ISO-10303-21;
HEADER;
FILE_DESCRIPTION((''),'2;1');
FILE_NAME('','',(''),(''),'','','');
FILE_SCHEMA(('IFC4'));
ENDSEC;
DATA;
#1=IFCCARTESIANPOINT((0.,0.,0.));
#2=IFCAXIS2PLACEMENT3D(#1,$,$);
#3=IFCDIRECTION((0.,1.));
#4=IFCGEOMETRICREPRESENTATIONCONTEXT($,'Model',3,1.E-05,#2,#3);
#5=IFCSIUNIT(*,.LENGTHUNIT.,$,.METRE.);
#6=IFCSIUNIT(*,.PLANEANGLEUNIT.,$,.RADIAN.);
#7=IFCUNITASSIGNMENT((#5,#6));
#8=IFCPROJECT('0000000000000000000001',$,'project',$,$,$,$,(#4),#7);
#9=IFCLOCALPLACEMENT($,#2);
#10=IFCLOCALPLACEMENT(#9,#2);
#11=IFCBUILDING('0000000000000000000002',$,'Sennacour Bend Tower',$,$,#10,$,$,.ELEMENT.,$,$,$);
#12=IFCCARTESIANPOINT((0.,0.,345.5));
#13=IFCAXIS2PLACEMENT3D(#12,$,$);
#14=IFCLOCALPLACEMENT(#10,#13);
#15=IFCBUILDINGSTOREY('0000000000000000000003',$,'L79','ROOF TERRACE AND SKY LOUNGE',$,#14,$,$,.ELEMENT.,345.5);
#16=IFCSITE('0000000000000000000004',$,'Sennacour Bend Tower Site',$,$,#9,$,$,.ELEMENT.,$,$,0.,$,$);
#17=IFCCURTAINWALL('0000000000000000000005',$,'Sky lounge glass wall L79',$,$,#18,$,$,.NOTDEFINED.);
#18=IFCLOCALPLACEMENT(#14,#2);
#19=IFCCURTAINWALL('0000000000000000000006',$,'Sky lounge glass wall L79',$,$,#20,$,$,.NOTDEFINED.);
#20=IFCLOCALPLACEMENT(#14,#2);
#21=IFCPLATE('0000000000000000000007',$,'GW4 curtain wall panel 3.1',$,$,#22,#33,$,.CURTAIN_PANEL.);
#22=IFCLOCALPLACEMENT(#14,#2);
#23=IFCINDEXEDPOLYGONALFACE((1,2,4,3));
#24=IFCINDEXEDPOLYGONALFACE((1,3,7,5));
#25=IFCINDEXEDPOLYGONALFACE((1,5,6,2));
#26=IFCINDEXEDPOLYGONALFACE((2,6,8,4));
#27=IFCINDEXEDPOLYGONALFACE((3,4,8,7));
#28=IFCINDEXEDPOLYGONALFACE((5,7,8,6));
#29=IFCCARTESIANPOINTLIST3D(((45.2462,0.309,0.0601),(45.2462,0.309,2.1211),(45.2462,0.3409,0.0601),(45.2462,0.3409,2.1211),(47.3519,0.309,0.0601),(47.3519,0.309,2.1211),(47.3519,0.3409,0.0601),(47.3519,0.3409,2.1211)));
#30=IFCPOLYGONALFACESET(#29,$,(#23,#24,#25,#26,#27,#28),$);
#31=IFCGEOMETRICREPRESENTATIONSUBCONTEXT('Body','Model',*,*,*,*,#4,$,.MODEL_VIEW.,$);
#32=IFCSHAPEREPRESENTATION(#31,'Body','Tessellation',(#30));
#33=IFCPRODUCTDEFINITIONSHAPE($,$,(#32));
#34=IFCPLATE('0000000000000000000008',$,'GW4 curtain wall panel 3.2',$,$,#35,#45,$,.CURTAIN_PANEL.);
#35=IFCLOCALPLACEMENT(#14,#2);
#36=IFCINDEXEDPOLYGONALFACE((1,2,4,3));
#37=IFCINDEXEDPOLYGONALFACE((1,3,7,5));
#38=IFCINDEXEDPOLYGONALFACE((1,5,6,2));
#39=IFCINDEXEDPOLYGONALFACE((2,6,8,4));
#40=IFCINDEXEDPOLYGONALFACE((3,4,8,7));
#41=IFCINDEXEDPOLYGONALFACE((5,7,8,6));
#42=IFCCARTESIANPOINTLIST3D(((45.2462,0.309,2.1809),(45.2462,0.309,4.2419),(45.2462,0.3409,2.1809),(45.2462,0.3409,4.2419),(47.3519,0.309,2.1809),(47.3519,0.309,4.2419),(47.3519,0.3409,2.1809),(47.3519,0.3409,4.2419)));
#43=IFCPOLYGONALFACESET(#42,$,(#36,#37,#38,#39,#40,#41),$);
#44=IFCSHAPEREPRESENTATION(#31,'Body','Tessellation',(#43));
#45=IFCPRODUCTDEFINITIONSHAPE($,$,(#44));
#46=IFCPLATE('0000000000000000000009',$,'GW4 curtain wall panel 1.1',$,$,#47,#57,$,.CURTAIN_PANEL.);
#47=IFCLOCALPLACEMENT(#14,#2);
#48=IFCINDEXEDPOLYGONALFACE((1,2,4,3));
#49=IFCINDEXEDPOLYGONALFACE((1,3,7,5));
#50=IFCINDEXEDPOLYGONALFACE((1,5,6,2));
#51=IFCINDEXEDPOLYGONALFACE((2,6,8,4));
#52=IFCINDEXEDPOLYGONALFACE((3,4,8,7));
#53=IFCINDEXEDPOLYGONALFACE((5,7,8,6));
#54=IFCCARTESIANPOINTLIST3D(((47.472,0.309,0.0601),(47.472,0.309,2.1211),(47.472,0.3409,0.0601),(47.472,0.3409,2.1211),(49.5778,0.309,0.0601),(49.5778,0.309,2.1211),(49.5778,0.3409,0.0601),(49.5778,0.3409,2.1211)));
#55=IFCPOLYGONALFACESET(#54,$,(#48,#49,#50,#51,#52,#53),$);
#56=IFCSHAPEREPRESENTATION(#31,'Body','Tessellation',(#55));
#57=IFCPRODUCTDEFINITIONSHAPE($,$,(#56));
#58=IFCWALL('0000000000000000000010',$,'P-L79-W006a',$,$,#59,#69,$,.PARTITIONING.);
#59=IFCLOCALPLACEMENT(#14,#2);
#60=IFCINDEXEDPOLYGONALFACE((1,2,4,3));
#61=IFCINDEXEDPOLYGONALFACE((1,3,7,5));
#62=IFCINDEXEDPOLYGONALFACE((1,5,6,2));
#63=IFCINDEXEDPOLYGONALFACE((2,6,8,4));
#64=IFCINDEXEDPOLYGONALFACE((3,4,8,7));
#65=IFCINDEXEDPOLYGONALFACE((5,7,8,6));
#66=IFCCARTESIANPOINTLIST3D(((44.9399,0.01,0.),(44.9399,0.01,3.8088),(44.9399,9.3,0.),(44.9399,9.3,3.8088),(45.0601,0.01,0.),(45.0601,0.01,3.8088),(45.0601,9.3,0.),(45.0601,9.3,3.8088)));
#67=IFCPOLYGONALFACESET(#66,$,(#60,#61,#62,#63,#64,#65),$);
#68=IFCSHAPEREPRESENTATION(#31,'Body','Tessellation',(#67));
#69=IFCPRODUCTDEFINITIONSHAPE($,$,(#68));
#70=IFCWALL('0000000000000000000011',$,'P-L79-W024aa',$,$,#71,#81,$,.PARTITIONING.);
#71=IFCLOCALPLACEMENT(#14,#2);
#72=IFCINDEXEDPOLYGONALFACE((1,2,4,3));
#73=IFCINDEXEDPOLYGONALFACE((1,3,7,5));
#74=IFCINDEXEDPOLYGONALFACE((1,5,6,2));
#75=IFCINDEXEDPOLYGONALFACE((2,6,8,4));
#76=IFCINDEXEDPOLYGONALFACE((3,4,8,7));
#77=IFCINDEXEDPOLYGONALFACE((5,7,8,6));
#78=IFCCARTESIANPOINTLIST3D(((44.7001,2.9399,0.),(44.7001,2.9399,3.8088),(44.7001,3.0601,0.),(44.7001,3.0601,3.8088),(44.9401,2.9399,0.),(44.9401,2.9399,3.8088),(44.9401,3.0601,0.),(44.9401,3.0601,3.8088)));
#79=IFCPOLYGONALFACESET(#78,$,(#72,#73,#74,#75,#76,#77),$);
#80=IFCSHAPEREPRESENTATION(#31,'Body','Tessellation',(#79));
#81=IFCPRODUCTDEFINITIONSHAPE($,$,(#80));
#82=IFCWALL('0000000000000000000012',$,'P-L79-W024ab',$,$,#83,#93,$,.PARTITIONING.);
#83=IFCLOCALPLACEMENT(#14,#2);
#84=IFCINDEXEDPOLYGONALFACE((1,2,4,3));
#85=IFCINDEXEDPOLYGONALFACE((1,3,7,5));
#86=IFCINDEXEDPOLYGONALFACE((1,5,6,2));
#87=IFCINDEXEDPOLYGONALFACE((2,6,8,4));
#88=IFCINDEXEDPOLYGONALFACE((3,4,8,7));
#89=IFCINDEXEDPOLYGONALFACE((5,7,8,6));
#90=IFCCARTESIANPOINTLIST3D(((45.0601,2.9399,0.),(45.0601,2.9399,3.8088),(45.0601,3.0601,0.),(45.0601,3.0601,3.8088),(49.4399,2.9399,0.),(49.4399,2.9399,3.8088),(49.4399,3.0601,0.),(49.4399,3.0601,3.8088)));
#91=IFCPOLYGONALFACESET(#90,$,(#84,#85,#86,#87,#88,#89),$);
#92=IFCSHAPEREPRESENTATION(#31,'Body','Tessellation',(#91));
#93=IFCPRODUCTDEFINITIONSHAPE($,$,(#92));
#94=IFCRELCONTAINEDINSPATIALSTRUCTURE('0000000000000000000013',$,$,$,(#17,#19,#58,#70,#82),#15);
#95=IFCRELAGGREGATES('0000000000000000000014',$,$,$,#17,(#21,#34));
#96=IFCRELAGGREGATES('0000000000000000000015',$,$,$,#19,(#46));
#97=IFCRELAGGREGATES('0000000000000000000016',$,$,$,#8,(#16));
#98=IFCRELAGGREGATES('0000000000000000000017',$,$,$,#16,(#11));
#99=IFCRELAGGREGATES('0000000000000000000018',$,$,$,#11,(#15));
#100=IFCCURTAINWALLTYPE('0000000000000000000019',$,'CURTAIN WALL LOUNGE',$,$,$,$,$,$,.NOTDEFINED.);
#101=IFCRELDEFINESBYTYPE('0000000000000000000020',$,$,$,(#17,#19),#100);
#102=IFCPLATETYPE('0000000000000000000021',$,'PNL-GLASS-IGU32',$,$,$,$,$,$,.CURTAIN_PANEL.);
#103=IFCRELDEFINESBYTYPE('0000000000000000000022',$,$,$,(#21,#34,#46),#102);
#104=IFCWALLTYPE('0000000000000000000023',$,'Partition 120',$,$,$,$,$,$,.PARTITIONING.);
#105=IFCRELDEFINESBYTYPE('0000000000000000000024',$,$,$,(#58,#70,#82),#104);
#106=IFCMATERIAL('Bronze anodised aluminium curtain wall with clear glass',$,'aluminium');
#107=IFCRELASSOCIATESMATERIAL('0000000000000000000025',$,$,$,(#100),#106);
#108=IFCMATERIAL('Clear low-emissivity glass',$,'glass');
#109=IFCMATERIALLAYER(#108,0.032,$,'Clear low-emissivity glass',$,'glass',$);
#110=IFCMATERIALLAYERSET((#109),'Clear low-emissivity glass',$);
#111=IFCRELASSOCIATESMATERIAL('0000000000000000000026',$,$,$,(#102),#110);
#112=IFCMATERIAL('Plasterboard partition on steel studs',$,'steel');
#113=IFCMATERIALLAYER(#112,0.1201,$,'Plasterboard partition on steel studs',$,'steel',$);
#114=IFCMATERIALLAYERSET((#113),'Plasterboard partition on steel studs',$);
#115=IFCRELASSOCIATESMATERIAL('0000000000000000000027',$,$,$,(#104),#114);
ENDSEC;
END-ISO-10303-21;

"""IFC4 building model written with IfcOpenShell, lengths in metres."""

from ifc_helpers import new_model, si_unit, direction, frame, frame_2d, origin, origin_2d, place, context, subcontext, project, spatial, rectangle, extrude, material, layer, layer_set, type_object, element, aggregate, save


model = new_model("IFC4")

# Units and contexts
model_context = context("Model", 3, precision=1e-05, world=origin(), true_north=direction((0.0, 1.0)))
body_context = subcontext(model_context, "Body", "Model", "MODEL_VIEW")
ifc_project = project(units=[si_unit("LENGTHUNIT", "METRE"), si_unit("PLANEANGLEUNIT", "RADIAN")], contexts=[model_context])

# Site, building, storey
site_placement = place(None, origin())
site = spatial("IfcSite", under=ifc_project, at=site_placement, Name="Sennacour Bend Tower Site", CompositionType="ELEMENT", RefElevation=0.0)
building_placement = place(site_placement, origin())
building = spatial("IfcBuilding", under=site, at=building_placement, Name="Sennacour Bend Tower", CompositionType="ELEMENT")
storey_placement = place(building_placement, frame((0.0, 0.0, 345.5)))
storey = spatial("IfcBuildingStorey", under=building, at=storey_placement, Name="L79", Description="ROOF TERRACE AND SKY LOUNGE", CompositionType="ELEMENT", Elevation=345.5)

# Curtain wall
ifc_material_1 = material(Name="Bronze anodised aluminium curtain wall with clear glass", Category="aluminium")
curtain_wall_type = type_object("IfcCurtainWallType", Name="CURTAIN WALL LOUNGE", PredefinedType="NOTDEFINED", material=ifc_material_1)
curtain_wall_1_placement = place(storey_placement, origin())
curtain_wall_1 = element("IfcCurtainWall", 1, at=curtain_wall_1_placement, inside=storey, type_object=curtain_wall_type, Name="Sky lounge glass wall L79", PredefinedType="NOTDEFINED")

# Curtain wall
curtain_wall_2_placement = place(storey_placement, origin())
curtain_wall_2 = element("IfcCurtainWall", 2, at=curtain_wall_2_placement, inside=storey, type_object=curtain_wall_type, Name="Sky lounge glass wall L79", PredefinedType="NOTDEFINED")

# Plates
ifc_material_2 = material(Name="Clear low-emissivity glass", Category="glass")
ifc_layer_1 = layer(ifc_material_2, 0.032, Name="Clear low-emissivity glass", Category="glass")
ifc_layer_set_1 = layer_set([ifc_layer_1], Name="Clear low-emissivity glass")
plate_type = type_object("IfcPlateType", Name="PNL-GLASS-IGU32", PredefinedType="CURTAIN_PANEL", material=ifc_layer_set_1)
plate_1_placement = place(storey_placement, frame((46.2991, 0.325, 0.0601), z_axis=(0.0, 0.0, 1.0), x_axis=(1.0, 0.0, 0.0)))
plate_1 = element("IfcPlate", 3, at=plate_1_placement, type_object=plate_type, Name="GW4 curtain wall panel 3.1", PredefinedType="CURTAIN_PANEL", context=body_context, shape_type="SweptSolid", body=[
    extrude(rectangle(XDim=2.1057, YDim=0.032, at=origin_2d()), origin(), (0.0, 0.0, 1.0), 2.061),
])
plate_2_placement = place(storey_placement, frame((46.2991, 0.325, 2.1809), z_axis=(0.0, 0.0, 1.0), x_axis=(1.0, 0.0, 0.0)))
plate_2 = element("IfcPlate", 4, at=plate_2_placement, type_object=plate_type, Name="GW4 curtain wall panel 3.2", PredefinedType="CURTAIN_PANEL", context=body_context, shape_type="SweptSolid", body=[
    extrude(rectangle(XDim=2.1057, YDim=0.032, at=origin_2d()), origin(), (0.0, 0.0, 1.0), 2.061),
])
aggregate(curtain_wall_1, [plate_1, plate_2])
plate_3_placement = place(storey_placement, frame((48.5249, 0.325, 0.0601), z_axis=(0.0, 0.0, 1.0), x_axis=(1.0, 0.0, 0.0)))
plate_3 = element("IfcPlate", 5, at=plate_3_placement, type_object=plate_type, Name="GW4 curtain wall panel 1.1", PredefinedType="CURTAIN_PANEL", context=body_context, shape_type="SweptSolid", body=[
    extrude(rectangle(XDim=2.1057, YDim=0.032, at=origin_2d()), origin(), (0.0, 0.0, 1.0), 2.061),
])
aggregate(curtain_wall_2, [plate_3])

# Walls
ifc_material_3 = material(Name="Plasterboard partition on steel studs", Category="steel")
ifc_layer_2 = layer(ifc_material_3, 0.1201, Name="Plasterboard partition on steel studs", Category="steel")
ifc_layer_set_2 = layer_set([ifc_layer_2], Name="Plasterboard partition on steel studs")
wall_type = type_object("IfcWallType", Name="Partition 120", PredefinedType="PARTITIONING", material=ifc_layer_set_2)
wall_1_placement = place(storey_placement, frame((45.0, 0.01, 0.0), z_axis=(0.0, 0.0, 1.0), x_axis=(0.0, 1.0, 0.0)))
element("IfcWall", 6, at=wall_1_placement, inside=storey, type_object=wall_type, Name="P-L79-W006a", PredefinedType="PARTITIONING", context=body_context, shape_type="SweptSolid", body=[
    extrude(rectangle(XDim=9.29, YDim=0.1201, at=frame_2d((4.645, 0.0))), origin(), (0.0, 0.0, 1.0), 3.8088),
])
wall_2_placement = place(storey_placement, frame((44.7, 3.0, 0.0), z_axis=(0.0, 0.0, 1.0), x_axis=(1.0, 0.0, 0.0)))
element("IfcWall", 7, at=wall_2_placement, inside=storey, type_object=wall_type, Name="P-L79-W024aa", PredefinedType="PARTITIONING", context=body_context, shape_type="SweptSolid", body=[
    extrude(rectangle(XDim=0.24, YDim=0.1201, at=frame_2d((0.1201, 0.0))), origin(), (0.0, 0.0, 1.0), 3.8088),
])
wall_3_placement = place(storey_placement, frame((45.0601, 3.0, 0.0), z_axis=(0.0, 0.0, 1.0), x_axis=(1.0, 0.0, 0.0)))
element("IfcWall", 8, at=wall_3_placement, inside=storey, type_object=wall_type, Name="P-L79-W024ab", PredefinedType="PARTITIONING", context=body_context, shape_type="SweptSolid", body=[
    extrude(rectangle(XDim=4.3799, YDim=0.1201, at=frame_2d((2.1899, 0.0))), origin(), (0.0, 0.0, 1.0), 3.8088),
])

save(model, "model.ifc")
